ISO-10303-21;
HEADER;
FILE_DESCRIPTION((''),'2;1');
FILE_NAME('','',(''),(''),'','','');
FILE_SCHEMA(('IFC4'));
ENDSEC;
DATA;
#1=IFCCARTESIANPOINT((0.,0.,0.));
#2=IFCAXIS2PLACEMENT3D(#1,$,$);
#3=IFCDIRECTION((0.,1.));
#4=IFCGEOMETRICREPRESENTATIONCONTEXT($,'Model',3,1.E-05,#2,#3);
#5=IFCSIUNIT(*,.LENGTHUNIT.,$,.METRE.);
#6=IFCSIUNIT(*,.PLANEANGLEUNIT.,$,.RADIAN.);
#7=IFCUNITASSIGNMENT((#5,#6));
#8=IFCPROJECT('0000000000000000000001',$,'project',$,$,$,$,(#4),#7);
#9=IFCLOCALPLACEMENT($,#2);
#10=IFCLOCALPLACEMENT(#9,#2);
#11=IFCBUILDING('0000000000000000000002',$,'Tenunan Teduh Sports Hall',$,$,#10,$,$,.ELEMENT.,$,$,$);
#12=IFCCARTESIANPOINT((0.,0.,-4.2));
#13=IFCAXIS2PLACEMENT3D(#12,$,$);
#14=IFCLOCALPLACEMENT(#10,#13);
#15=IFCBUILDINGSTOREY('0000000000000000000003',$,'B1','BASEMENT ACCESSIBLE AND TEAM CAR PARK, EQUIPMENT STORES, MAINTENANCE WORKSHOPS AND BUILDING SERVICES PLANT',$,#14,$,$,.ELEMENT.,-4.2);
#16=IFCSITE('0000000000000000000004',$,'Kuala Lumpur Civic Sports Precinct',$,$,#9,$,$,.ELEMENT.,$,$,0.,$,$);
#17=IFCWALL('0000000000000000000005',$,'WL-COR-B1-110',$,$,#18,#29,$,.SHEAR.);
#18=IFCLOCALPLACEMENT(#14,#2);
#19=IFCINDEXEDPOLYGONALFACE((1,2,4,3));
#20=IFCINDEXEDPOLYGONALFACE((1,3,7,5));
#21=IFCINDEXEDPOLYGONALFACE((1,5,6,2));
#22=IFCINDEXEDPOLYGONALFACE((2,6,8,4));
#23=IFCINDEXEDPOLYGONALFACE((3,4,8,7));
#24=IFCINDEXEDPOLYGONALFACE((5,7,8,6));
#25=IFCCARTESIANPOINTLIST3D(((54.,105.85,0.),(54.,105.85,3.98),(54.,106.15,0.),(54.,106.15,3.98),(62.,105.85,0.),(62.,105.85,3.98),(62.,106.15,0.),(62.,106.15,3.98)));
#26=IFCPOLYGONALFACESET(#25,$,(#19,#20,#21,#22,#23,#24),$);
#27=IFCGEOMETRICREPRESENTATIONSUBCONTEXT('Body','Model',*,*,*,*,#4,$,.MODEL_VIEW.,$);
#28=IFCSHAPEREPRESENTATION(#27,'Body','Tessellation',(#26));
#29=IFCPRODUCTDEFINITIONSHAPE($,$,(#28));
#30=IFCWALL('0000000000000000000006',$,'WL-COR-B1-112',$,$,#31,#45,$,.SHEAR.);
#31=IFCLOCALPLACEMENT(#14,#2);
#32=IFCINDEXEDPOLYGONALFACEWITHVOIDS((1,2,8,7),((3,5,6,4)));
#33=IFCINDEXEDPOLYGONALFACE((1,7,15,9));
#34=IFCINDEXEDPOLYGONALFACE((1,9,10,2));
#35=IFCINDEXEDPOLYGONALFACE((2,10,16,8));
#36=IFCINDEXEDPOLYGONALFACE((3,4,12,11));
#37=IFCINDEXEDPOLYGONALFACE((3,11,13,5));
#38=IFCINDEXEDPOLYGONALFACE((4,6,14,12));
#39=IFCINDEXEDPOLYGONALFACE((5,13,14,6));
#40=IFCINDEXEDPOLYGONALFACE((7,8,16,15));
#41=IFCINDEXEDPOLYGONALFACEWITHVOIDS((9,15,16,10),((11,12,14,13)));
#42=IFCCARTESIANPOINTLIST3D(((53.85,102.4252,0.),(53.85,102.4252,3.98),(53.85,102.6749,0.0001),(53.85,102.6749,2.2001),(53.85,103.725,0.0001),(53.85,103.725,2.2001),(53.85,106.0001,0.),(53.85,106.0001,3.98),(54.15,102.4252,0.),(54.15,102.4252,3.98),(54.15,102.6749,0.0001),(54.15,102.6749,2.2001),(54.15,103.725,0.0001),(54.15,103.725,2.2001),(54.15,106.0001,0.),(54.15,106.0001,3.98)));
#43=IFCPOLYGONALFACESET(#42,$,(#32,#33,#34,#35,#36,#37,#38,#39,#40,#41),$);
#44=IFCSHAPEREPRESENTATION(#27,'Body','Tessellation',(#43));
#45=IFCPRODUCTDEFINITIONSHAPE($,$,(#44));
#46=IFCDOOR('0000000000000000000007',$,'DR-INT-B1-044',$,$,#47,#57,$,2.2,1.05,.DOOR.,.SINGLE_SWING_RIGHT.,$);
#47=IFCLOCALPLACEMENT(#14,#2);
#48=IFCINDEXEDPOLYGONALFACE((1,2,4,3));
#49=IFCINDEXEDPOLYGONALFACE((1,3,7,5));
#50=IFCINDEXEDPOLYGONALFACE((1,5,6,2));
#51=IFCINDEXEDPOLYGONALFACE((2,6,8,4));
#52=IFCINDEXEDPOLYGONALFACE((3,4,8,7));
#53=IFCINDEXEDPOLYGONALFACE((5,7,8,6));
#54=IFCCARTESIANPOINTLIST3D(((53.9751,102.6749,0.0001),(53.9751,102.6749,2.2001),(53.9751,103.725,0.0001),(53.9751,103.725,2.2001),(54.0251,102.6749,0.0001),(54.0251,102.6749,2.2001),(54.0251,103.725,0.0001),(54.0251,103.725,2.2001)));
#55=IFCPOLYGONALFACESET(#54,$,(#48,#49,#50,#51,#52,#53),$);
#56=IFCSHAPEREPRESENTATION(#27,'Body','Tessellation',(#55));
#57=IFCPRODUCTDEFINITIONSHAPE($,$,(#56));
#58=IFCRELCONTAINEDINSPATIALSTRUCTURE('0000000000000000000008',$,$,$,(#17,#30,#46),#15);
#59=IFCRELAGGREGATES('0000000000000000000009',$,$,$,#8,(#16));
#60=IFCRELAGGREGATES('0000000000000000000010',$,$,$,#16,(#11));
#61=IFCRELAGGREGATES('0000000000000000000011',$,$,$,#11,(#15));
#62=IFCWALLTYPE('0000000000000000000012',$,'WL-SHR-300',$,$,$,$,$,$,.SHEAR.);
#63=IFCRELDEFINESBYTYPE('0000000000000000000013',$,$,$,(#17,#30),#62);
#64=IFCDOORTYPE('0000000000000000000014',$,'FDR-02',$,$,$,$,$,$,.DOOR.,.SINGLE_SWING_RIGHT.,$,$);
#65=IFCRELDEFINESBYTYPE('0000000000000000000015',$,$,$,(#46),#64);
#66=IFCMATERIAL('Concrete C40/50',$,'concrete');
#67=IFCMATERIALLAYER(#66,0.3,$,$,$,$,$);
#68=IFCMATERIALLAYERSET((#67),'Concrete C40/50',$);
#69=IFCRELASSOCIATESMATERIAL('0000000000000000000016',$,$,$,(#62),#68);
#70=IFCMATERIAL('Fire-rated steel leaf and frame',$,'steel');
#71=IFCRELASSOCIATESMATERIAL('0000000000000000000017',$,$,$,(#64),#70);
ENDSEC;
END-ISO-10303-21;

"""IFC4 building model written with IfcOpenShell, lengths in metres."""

from ifc_helpers import new_model, si_unit, direction, frame, frame_2d, origin, place, context, subcontext, project, spatial, rectangle, extrude, material, layer, layer_set, type_object, element, fill, save


model = new_model("IFC4")

# Units and contexts
model_context = context("Model", 3, precision=1e-05, world=origin(), true_north=direction((0.0, 1.0)))
body_context = subcontext(model_context, "Body", "Model", "MODEL_VIEW")
ifc_project = project(units=[si_unit("LENGTHUNIT", "METRE"), si_unit("PLANEANGLEUNIT", "RADIAN")], contexts=[model_context])

# Site, building, storey
site_placement = place(None, origin())
site = spatial("IfcSite", under=ifc_project, at=site_placement, Name="Kuala Lumpur Civic Sports Precinct", CompositionType="ELEMENT", RefElevation=0.0)
building_placement = place(site_placement, origin())
building = spatial("IfcBuilding", under=site, at=building_placement, Name="Tenunan Teduh Sports Hall", CompositionType="ELEMENT")
storey_placement = place(building_placement, frame((0.0, 0.0, -4.2)))
storey = spatial("IfcBuildingStorey", under=building, at=storey_placement, Name="B1", Description="BASEMENT ACCESSIBLE AND TEAM CAR PARK, EQUIPMENT STORES, MAINTENANCE WORKSHOPS AND BUILDING SERVICES PLANT", CompositionType="ELEMENT", Elevation=-4.2)

# Wall
ifc_material_1 = material(Name="Concrete C40/50", Category="concrete")
ifc_layer_1 = layer(ifc_material_1, 0.3)
ifc_layer_set_1 = layer_set([ifc_layer_1], Name="Concrete C40/50")
wall_type_1 = type_object("IfcWallType", Name="WL-SHR-300", PredefinedType="SHEAR", material=ifc_layer_set_1)
wall_1_placement = place(storey_placement, frame((54.0, 106.0, 0.0), z_axis=(0.0, 0.0, 1.0), x_axis=(1.0, 0.0, 0.0)))
element("IfcWall", 1, at=wall_1_placement, inside=storey, type_object=wall_type_1, Name="WL-COR-B1-110", PredefinedType="SHEAR", context=body_context, shape_type="SweptSolid", body=[
    extrude(rectangle(XDim=8.0, YDim=0.3, at=frame_2d((4.0, 0.0))), origin(), (0.0, 0.0, 1.0), 3.98),
])

# Wall, opening, door
wall_2_placement = place(storey_placement, frame((54.0, 102.425, 0.0), z_axis=(0.0, 0.0, 1.0), x_axis=(0.0, 1.0, 0.0)))
wall_2 = element("IfcWall", 2, at=wall_2_placement, inside=storey, type_object=wall_type_1, Name="WL-COR-B1-112", PredefinedType="SHEAR", context=body_context, shape_type="SweptSolid", body=[
    extrude(rectangle(XDim=3.575, YDim=0.3, at=frame_2d((1.7876, 0.0))), origin(), (0.0, 0.0, 1.0), 3.98),
])
opening_1_placement = place(wall_2_placement, frame((0.25, 0.0, 0.0)))
opening_1 = element("IfcOpeningElement", 3, at=opening_1_placement, cuts=wall_2, PredefinedType="OPENING", context=body_context, shape_type="SweptSolid", body=[
    extrude(rectangle(XDim=1.05, YDim=2.2, at=frame_2d((0.5249, 1.1001))), frame((0.0, 0.1599, 0.0), z_axis=(0.0, -1.0, 0.0), x_axis=(1.0, 0.0, 0.0)), (0.0, 0.0, 1.0), 0.3201),
])
ifc_material_2 = material(Name="Fire-rated steel leaf and frame", Category="steel")
door_type_1 = type_object("IfcDoorType", Name="FDR-02", OperationType="SINGLE_SWING_RIGHT", PredefinedType="DOOR", material=ifc_material_2)
door_1_placement = place(opening_1_placement, origin())
door_1 = element("IfcDoor", 4, at=door_1_placement, inside=storey, type_object=door_type_1, Name="DR-INT-B1-044", OperationType="SINGLE_SWING_RIGHT", OverallHeight=2.2, OverallWidth=1.05, PredefinedType="DOOR", context=body_context, shape_type="SweptSolid", body=[
    extrude(rectangle(XDim=1.05, YDim=2.2, at=frame_2d((0.5249, 1.1001))), frame((0.0, 0.0249, 0.0), z_axis=(0.0, -1.0, 0.0), x_axis=(1.0, 0.0, 0.0)), (0.0, 0.0, 1.0), 0.05),
])
fill(opening_1, door_1)

save(model, "model.ifc")
